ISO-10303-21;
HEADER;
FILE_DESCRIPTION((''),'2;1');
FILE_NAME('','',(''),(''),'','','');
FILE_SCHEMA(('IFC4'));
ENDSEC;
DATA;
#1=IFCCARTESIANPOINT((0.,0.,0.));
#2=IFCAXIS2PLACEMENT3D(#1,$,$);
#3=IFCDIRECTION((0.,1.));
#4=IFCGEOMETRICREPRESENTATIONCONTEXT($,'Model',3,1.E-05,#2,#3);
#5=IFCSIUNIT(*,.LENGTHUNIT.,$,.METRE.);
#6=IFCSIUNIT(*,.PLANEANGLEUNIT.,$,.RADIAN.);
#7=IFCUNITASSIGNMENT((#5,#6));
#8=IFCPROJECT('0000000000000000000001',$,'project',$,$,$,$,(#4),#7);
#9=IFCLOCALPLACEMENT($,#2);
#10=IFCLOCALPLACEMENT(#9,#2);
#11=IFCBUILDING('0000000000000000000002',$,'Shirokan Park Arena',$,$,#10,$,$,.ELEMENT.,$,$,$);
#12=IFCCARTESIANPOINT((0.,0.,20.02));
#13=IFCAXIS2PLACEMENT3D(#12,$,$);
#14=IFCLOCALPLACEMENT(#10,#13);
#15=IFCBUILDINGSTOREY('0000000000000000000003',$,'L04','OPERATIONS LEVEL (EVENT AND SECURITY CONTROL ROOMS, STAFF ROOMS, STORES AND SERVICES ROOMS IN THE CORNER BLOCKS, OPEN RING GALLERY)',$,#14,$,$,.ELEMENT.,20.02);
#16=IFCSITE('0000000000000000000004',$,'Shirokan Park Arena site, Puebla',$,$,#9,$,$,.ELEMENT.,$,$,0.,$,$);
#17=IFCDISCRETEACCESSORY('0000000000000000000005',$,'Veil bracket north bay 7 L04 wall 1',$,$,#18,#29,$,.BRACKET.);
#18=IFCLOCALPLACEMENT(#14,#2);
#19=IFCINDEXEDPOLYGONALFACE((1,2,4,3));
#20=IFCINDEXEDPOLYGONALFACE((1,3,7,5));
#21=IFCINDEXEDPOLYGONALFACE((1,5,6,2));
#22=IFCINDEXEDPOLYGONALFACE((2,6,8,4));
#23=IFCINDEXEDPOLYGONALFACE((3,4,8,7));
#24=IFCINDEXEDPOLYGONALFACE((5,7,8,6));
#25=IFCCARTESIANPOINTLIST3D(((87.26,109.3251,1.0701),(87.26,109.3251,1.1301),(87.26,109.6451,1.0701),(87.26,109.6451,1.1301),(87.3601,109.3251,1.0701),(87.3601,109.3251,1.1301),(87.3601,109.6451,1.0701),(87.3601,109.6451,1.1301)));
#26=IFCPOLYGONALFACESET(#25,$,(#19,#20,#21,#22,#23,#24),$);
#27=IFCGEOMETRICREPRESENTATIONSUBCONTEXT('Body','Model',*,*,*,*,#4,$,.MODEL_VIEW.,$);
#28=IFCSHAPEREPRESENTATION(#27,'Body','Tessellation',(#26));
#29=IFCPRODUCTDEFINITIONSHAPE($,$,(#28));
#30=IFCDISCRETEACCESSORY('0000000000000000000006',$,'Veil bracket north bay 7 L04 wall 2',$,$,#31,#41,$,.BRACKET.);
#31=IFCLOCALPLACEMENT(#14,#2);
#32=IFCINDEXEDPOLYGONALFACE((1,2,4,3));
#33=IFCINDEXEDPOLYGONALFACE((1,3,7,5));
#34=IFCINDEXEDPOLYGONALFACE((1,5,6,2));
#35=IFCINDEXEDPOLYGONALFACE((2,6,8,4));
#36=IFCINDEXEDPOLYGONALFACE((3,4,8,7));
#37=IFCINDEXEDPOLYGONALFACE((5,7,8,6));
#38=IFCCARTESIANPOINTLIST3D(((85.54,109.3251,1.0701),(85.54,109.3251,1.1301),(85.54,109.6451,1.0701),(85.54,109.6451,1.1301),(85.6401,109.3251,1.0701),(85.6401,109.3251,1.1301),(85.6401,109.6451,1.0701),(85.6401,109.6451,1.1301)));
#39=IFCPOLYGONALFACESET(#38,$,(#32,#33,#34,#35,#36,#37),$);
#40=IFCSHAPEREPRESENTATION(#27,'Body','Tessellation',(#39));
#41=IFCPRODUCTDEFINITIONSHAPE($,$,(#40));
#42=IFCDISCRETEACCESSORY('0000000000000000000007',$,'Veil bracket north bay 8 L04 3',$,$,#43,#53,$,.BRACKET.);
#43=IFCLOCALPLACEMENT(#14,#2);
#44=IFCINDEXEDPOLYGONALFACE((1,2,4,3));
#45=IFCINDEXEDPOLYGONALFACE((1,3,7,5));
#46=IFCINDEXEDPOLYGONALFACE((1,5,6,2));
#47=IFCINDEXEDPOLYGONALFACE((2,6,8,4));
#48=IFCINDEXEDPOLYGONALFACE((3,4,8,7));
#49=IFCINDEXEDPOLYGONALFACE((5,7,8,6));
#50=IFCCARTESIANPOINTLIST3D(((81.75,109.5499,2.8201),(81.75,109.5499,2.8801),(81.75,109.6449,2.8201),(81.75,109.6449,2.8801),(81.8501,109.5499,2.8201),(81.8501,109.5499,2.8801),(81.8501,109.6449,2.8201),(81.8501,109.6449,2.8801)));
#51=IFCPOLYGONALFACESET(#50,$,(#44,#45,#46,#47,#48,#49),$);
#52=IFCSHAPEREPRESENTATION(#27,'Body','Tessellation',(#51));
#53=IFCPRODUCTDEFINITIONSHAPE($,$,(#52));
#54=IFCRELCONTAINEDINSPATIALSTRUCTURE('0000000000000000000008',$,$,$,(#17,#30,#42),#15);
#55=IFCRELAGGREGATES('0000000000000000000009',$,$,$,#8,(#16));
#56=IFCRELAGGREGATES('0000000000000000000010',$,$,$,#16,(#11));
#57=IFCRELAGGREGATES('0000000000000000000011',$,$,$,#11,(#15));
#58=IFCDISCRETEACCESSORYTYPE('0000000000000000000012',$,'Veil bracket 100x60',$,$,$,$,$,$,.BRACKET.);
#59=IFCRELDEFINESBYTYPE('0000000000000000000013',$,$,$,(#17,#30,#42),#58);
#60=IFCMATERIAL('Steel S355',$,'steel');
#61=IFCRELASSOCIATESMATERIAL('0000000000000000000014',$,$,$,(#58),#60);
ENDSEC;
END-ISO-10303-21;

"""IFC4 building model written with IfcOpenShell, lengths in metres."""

from ifc_helpers import new_model, si_unit, direction, frame, origin, origin_2d, place, context, subcontext, project, spatial, rectangle, extrude, material, type_object, element, save


model = new_model("IFC4")

# Units and contexts
model_context = context("Model", 3, precision=1e-05, world=origin(), true_north=direction((0.0, 1.0)))
body_context = subcontext(model_context, "Body", "Model", "MODEL_VIEW")
ifc_project = project(units=[si_unit("LENGTHUNIT", "METRE"), si_unit("PLANEANGLEUNIT", "RADIAN")], contexts=[model_context])

# Site, building, storey
site_placement = place(None, origin())
site = spatial("IfcSite", under=ifc_project, at=site_placement, Name="Shirokan Park Arena site, Puebla", CompositionType="ELEMENT", RefElevation=0.0)
building_placement = place(site_placement, origin())
building = spatial("IfcBuilding", under=site, at=building_placement, Name="Shirokan Park Arena", CompositionType="ELEMENT")
storey_placement = place(building_placement, frame((0.0, 0.0, 20.02)))
storey = spatial("IfcBuildingStorey", under=building, at=storey_placement, Name="L04", Description="OPERATIONS LEVEL (EVENT AND SECURITY CONTROL ROOMS, STAFF ROOMS, STORES AND SERVICES ROOMS IN THE CORNER BLOCKS, OPEN RING GALLERY)", CompositionType="ELEMENT", Elevation=20.02)

# Shared definitions
ifc_material_1 = material(Name="Steel S355", Category="steel")

# Discrete accessories
discrete_accessory_type = type_object("IfcDiscreteAccessoryType", Name="Veil bracket 100x60", PredefinedType="BRACKET", material=ifc_material_1)
for number, where, z_axis, x_axis, name in (
    (1, (87.3101, 109.4851, 1.0701), (0.0, 0.0, 1.0), (-1.0, 0.0, 0.0), "Veil bracket north bay 7 L04 wall 1"),
    (2, (85.5901, 109.4851, 1.0701), (0.0, 0.0, 1.0), (-1.0, 0.0, 0.0), "Veil bracket north bay 7 L04 wall 2"),
):
    element("IfcDiscreteAccessory", number, at=place(storey_placement, frame(where, z_axis=z_axis, x_axis=x_axis)), inside=storey, type_object=discrete_accessory_type, Name=name, PredefinedType="BRACKET", context=body_context, shape_type="SweptSolid", body=[
        extrude(rectangle(XDim=0.1001, YDim=0.3201, at=origin_2d()), origin(), (0.0, 0.0, 1.0), 0.0601),
    ])
discrete_accessory_placement = place(storey_placement, frame((81.8, 109.5974, 2.8201), z_axis=(0.0, 0.0, 1.0), x_axis=(-1.0, 0.0, 0.0)))
element("IfcDiscreteAccessory", 3, at=discrete_accessory_placement, inside=storey, type_object=discrete_accessory_type, Name="Veil bracket north bay 8 L04 3", PredefinedType="BRACKET", context=body_context, shape_type="SweptSolid", body=[
    extrude(rectangle(XDim=0.1001, YDim=0.095, at=origin_2d()), origin(), (0.0, 0.0, 1.0), 0.0601),
])

save(model, "model.ifc")
